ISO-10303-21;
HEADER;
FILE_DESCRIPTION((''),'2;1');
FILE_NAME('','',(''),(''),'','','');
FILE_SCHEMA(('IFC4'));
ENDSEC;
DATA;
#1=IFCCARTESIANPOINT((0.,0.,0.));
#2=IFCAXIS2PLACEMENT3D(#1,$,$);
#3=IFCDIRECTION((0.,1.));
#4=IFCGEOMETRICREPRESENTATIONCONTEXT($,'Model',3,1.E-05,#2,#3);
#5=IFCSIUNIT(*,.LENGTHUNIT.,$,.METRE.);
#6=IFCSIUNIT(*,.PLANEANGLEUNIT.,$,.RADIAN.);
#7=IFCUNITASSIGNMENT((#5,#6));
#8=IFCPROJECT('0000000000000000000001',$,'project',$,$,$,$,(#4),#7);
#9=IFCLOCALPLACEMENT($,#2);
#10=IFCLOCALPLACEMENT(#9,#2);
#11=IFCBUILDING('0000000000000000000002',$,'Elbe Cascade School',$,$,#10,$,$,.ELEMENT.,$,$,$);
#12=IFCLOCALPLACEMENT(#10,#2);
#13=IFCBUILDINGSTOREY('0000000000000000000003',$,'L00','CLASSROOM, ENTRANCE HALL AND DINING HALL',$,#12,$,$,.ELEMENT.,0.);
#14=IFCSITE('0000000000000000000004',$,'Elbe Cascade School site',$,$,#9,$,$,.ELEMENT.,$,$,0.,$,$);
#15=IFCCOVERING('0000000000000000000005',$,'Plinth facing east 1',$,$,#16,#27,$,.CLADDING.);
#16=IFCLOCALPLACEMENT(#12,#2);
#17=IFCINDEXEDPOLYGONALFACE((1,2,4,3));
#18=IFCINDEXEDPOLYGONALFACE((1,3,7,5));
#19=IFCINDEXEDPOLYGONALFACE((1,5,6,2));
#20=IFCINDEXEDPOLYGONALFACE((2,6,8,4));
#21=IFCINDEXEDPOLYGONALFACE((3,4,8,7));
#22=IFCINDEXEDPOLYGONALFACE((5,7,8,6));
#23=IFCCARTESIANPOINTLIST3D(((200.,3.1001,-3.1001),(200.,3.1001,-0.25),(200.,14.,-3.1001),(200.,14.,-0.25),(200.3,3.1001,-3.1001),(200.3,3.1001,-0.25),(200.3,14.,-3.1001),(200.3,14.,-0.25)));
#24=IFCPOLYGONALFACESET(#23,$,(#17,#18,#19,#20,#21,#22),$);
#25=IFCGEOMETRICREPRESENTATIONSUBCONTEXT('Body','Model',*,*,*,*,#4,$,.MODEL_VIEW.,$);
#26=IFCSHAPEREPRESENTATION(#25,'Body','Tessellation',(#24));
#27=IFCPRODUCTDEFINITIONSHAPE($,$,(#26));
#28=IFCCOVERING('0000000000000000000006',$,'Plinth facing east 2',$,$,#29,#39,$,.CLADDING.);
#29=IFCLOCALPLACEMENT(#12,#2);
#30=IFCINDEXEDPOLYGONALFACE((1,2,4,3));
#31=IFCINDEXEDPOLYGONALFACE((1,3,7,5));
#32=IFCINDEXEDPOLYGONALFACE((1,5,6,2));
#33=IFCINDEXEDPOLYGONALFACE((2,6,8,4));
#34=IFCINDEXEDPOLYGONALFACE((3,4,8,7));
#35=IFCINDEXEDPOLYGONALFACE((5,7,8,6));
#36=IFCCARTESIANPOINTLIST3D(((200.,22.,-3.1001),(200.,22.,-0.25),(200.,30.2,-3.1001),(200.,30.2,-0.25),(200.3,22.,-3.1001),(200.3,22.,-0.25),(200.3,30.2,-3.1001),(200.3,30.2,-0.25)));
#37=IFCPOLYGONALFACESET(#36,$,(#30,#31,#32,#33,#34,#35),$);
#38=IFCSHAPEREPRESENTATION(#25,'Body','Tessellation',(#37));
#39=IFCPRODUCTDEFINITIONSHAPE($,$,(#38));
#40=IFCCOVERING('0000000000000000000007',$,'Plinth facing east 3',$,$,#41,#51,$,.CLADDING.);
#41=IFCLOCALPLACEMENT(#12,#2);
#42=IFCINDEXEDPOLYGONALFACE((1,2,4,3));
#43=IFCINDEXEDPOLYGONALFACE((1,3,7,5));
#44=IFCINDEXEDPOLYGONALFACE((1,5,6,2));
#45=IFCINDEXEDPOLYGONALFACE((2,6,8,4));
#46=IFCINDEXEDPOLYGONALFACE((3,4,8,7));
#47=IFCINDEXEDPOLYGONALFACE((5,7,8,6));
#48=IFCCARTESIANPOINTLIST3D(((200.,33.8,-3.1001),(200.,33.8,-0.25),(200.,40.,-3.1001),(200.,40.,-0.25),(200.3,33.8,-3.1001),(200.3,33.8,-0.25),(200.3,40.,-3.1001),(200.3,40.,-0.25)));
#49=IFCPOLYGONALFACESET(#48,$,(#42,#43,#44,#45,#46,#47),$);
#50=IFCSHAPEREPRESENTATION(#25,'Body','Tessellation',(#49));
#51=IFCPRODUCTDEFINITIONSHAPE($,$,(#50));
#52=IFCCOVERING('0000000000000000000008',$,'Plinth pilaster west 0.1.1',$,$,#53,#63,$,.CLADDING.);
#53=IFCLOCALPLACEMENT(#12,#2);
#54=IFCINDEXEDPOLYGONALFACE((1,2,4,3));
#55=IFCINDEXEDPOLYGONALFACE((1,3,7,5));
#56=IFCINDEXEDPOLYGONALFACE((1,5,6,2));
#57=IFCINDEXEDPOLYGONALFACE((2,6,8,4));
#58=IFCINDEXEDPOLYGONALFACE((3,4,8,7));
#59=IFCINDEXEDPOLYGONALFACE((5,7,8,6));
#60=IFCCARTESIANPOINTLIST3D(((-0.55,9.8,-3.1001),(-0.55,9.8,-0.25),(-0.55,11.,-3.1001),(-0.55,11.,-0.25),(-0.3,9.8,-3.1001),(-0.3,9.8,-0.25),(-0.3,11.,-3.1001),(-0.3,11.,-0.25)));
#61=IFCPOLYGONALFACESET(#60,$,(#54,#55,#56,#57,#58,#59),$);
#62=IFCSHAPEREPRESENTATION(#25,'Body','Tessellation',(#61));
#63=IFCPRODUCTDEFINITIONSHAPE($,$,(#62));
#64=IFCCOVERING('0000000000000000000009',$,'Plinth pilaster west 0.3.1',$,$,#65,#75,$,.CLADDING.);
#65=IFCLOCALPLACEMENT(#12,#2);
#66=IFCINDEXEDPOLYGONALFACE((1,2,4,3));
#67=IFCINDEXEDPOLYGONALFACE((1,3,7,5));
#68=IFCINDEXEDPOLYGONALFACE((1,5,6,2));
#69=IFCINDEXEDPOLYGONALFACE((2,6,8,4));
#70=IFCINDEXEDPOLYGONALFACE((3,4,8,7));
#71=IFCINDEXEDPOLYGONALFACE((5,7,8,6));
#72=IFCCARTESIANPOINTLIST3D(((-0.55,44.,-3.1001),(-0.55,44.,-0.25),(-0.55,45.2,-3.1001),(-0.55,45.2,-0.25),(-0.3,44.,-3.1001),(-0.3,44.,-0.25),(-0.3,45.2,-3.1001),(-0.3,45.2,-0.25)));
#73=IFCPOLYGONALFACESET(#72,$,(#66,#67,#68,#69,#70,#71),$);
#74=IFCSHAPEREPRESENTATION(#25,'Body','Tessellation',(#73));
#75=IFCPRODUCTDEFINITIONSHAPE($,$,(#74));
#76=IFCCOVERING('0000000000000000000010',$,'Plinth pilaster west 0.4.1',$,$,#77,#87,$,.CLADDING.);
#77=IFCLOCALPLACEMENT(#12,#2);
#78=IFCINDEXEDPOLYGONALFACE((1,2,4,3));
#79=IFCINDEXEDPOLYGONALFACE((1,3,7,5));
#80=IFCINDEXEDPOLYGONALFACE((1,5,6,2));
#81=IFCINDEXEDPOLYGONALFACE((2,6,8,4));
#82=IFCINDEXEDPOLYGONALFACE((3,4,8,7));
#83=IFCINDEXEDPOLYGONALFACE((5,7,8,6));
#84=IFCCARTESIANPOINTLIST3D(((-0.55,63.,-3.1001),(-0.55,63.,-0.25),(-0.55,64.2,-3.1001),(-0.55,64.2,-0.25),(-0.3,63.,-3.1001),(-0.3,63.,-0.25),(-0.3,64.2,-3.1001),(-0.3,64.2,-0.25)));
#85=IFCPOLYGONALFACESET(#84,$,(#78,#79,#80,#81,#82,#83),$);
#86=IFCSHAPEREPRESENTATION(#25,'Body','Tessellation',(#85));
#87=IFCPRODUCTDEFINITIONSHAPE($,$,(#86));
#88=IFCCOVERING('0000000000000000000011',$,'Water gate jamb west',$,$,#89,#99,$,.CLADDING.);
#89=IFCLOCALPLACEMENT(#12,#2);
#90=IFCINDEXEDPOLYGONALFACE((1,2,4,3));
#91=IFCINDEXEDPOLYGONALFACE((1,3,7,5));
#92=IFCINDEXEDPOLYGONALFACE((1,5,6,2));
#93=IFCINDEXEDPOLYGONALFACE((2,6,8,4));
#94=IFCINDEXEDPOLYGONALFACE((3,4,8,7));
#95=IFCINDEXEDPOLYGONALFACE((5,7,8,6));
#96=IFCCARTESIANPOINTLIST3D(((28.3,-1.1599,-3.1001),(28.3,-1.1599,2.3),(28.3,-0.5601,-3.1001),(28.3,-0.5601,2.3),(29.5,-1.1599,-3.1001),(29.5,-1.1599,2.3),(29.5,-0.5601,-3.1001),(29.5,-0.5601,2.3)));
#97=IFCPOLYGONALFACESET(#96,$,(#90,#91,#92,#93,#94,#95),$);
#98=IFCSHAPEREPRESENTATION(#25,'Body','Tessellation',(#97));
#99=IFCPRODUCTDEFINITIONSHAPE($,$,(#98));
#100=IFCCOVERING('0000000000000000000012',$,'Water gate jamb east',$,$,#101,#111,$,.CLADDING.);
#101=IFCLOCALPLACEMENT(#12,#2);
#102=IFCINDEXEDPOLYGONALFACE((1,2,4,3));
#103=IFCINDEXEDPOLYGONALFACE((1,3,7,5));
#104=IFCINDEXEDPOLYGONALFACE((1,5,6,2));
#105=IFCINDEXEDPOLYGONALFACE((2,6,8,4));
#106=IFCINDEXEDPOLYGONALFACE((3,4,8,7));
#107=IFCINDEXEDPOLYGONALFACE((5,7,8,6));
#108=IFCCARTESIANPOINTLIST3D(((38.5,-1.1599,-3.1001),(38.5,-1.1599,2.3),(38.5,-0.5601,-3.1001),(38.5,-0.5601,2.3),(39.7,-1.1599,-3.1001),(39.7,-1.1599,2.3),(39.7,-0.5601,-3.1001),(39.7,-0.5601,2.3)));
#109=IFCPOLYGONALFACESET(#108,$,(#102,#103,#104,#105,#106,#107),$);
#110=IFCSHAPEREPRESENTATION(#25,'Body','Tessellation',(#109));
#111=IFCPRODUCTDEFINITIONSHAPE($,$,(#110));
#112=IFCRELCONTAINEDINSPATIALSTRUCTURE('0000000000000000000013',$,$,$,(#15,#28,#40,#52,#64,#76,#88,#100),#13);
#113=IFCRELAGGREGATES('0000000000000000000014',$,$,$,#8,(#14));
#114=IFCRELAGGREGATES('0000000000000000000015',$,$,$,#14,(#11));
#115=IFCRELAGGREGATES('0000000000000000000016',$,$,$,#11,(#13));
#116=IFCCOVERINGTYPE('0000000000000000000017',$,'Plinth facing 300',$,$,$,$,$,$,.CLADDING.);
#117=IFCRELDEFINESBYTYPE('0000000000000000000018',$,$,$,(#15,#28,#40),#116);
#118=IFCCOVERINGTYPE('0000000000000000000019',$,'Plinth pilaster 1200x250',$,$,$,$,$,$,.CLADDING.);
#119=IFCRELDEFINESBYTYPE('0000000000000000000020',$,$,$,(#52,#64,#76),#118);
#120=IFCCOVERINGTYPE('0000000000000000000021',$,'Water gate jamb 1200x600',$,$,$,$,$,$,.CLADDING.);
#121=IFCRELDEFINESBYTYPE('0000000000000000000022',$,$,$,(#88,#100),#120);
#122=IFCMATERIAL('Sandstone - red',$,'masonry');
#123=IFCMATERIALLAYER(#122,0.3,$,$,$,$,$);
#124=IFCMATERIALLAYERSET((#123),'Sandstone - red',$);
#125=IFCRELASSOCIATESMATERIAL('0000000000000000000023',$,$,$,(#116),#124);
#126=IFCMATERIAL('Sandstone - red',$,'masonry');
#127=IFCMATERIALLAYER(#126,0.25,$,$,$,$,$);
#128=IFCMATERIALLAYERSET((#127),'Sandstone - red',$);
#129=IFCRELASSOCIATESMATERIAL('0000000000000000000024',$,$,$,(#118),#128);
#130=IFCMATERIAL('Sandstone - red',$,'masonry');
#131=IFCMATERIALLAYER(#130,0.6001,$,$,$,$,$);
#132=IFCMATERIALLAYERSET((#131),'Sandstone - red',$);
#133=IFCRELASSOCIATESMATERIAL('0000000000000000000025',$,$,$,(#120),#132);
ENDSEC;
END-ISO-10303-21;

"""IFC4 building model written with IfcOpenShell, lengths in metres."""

from ifc_helpers import new_model, si_unit, direction, frame, origin, place, context, subcontext, project, spatial, polyline, outline, extrude, material, layer, layer_set, type_object, element, save


model = new_model("IFC4")

# Units and contexts
model_context = context("Model", 3, precision=1e-05, world=origin(), true_north=direction((0.0, 1.0)))
body_context = subcontext(model_context, "Body", "Model", "MODEL_VIEW")
ifc_project = project(units=[si_unit("LENGTHUNIT", "METRE"), si_unit("PLANEANGLEUNIT", "RADIAN")], contexts=[model_context])

# Site, building, storey
site_placement = place(None, origin())
site = spatial("IfcSite", under=ifc_project, at=site_placement, Name="Elbe Cascade School site", CompositionType="ELEMENT", RefElevation=0.0)
building_placement = place(site_placement, origin())
building = spatial("IfcBuilding", under=site, at=building_placement, Name="Elbe Cascade School", CompositionType="ELEMENT")
storey_placement = place(building_placement, origin())
storey = spatial("IfcBuildingStorey", under=building, at=storey_placement, Name="L00", Description="CLASSROOM, ENTRANCE HALL AND DINING HALL", CompositionType="ELEMENT", Elevation=0.0)

# Coverings
ifc_material_1 = material(Name="Sandstone - red", Category="masonry")
ifc_layer_1 = layer(ifc_material_1, 0.3)
ifc_layer_set_1 = layer_set([ifc_layer_1], Name="Sandstone - red")
covering_type_1 = type_object("IfcCoveringType", Name="Plinth facing 300", PredefinedType="CLADDING", material=ifc_layer_set_1)
covering_1_placement = place(storey_placement, frame((0.0, 0.0, -3.1001)))
element("IfcCovering", 1, at=covering_1_placement, inside=storey, type_object=covering_type_1, Name="Plinth facing east 1", PredefinedType="CLADDING", context=body_context, shape_type="SweptSolid", body=[
    extrude(outline(polyline([(200.0, 3.1001), (200.3, 3.1001), (200.3, 14.0), (200.0, 14.0), (200.0, 3.1001)])), origin(), (0.0, 0.0, 1.0), 2.8501),
])
covering_2_placement = place(storey_placement, frame((0.0, 0.0, -3.1001)))
element("IfcCovering", 2, at=covering_2_placement, inside=storey, type_object=covering_type_1, Name="Plinth facing east 2", PredefinedType="CLADDING", context=body_context, shape_type="SweptSolid", body=[
    extrude(outline(polyline([(200.0, 22.0), (200.3, 22.0), (200.3, 30.2), (200.0, 30.2), (200.0, 22.0)])), origin(), (0.0, 0.0, 1.0), 2.8501),
])
covering_3_placement = place(storey_placement, frame((0.0, 0.0, -3.1001)))
element("IfcCovering", 3, at=covering_3_placement, inside=storey, type_object=covering_type_1, Name="Plinth facing east 3", PredefinedType="CLADDING", context=body_context, shape_type="SweptSolid", body=[
    extrude(outline(polyline([(200.0, 33.8), (200.3, 33.8), (200.3, 40.0), (200.0, 40.0), (200.0, 33.8)])), origin(), (0.0, 0.0, 1.0), 2.8501),
])
ifc_material_2 = material(Name="Sandstone - red", Category="masonry")
ifc_layer_2 = layer(ifc_material_2, 0.25)
ifc_layer_set_2 = layer_set([ifc_layer_2], Name="Sandstone - red")
covering_type_2 = type_object("IfcCoveringType", Name="Plinth pilaster 1200x250", PredefinedType="CLADDING", material=ifc_layer_set_2)
covering_4_placement = place(storey_placement, frame((0.0, 0.0, -3.1001)))
element("IfcCovering", 4, at=covering_4_placement, inside=storey, type_object=covering_type_2, Name="Plinth pilaster west 0.1.1", PredefinedType="CLADDING", context=body_context, shape_type="SweptSolid", body=[
    extrude(outline(polyline([(-0.55, 9.8), (-0.3, 9.8), (-0.3, 11.0), (-0.55, 11.0), (-0.55, 9.8)])), origin(), (0.0, 0.0, 1.0), 2.8501),
])
covering_5_placement = place(storey_placement, frame((0.0, 0.0, -3.1001)))
element("IfcCovering", 5, at=covering_5_placement, inside=storey, type_object=covering_type_2, Name="Plinth pilaster west 0.3.1", PredefinedType="CLADDING", context=body_context, shape_type="SweptSolid", body=[
    extrude(outline(polyline([(-0.55, 44.0), (-0.3, 44.0), (-0.3, 45.2), (-0.55, 45.2), (-0.55, 44.0)])), origin(), (0.0, 0.0, 1.0), 2.8501),
])
covering_6_placement = place(storey_placement, frame((0.0, 0.0, -3.1001)))
element("IfcCovering", 6, at=covering_6_placement, inside=storey, type_object=covering_type_2, Name="Plinth pilaster west 0.4.1", PredefinedType="CLADDING", context=body_context, shape_type="SweptSolid", body=[
    extrude(outline(polyline([(-0.55, 63.0), (-0.3, 63.0), (-0.3, 64.2), (-0.55, 64.2), (-0.55, 63.0)])), origin(), (0.0, 0.0, 1.0), 2.8501),
])
ifc_material_3 = material(Name="Sandstone - red", Category="masonry")
ifc_layer_3 = layer(ifc_material_3, 0.6001)
ifc_layer_set_3 = layer_set([ifc_layer_3], Name="Sandstone - red")
covering_type_3 = type_object("IfcCoveringType", Name="Water gate jamb 1200x600", PredefinedType="CLADDING", material=ifc_layer_set_3)
covering_7_placement = place(storey_placement, frame((0.0, 0.0, -3.1001)))
element("IfcCovering", 7, at=covering_7_placement, inside=storey, type_object=covering_type_3, Name="Water gate jamb west", PredefinedType="CLADDING", context=body_context, shape_type="SweptSolid", body=[
    extrude(outline(polyline([(28.3, -1.1599), (29.5, -1.1599), (29.5, -0.5601), (28.3, -0.5601), (28.3, -1.1599)])), origin(), (0.0, 0.0, 1.0), 5.4001),
])
covering_8_placement = place(storey_placement, frame((0.0, 0.0, -3.1001)))
element("IfcCovering", 8, at=covering_8_placement, inside=storey, type_object=covering_type_3, Name="Water gate jamb east", PredefinedType="CLADDING", context=body_context, shape_type="SweptSolid", body=[
    extrude(outline(polyline([(38.5, -1.1599), (39.7, -1.1599), (39.7, -0.5601), (38.5, -0.5601), (38.5, -1.1599)])), origin(), (0.0, 0.0, 1.0), 5.4001),
])

save(model, "model.ifc")
